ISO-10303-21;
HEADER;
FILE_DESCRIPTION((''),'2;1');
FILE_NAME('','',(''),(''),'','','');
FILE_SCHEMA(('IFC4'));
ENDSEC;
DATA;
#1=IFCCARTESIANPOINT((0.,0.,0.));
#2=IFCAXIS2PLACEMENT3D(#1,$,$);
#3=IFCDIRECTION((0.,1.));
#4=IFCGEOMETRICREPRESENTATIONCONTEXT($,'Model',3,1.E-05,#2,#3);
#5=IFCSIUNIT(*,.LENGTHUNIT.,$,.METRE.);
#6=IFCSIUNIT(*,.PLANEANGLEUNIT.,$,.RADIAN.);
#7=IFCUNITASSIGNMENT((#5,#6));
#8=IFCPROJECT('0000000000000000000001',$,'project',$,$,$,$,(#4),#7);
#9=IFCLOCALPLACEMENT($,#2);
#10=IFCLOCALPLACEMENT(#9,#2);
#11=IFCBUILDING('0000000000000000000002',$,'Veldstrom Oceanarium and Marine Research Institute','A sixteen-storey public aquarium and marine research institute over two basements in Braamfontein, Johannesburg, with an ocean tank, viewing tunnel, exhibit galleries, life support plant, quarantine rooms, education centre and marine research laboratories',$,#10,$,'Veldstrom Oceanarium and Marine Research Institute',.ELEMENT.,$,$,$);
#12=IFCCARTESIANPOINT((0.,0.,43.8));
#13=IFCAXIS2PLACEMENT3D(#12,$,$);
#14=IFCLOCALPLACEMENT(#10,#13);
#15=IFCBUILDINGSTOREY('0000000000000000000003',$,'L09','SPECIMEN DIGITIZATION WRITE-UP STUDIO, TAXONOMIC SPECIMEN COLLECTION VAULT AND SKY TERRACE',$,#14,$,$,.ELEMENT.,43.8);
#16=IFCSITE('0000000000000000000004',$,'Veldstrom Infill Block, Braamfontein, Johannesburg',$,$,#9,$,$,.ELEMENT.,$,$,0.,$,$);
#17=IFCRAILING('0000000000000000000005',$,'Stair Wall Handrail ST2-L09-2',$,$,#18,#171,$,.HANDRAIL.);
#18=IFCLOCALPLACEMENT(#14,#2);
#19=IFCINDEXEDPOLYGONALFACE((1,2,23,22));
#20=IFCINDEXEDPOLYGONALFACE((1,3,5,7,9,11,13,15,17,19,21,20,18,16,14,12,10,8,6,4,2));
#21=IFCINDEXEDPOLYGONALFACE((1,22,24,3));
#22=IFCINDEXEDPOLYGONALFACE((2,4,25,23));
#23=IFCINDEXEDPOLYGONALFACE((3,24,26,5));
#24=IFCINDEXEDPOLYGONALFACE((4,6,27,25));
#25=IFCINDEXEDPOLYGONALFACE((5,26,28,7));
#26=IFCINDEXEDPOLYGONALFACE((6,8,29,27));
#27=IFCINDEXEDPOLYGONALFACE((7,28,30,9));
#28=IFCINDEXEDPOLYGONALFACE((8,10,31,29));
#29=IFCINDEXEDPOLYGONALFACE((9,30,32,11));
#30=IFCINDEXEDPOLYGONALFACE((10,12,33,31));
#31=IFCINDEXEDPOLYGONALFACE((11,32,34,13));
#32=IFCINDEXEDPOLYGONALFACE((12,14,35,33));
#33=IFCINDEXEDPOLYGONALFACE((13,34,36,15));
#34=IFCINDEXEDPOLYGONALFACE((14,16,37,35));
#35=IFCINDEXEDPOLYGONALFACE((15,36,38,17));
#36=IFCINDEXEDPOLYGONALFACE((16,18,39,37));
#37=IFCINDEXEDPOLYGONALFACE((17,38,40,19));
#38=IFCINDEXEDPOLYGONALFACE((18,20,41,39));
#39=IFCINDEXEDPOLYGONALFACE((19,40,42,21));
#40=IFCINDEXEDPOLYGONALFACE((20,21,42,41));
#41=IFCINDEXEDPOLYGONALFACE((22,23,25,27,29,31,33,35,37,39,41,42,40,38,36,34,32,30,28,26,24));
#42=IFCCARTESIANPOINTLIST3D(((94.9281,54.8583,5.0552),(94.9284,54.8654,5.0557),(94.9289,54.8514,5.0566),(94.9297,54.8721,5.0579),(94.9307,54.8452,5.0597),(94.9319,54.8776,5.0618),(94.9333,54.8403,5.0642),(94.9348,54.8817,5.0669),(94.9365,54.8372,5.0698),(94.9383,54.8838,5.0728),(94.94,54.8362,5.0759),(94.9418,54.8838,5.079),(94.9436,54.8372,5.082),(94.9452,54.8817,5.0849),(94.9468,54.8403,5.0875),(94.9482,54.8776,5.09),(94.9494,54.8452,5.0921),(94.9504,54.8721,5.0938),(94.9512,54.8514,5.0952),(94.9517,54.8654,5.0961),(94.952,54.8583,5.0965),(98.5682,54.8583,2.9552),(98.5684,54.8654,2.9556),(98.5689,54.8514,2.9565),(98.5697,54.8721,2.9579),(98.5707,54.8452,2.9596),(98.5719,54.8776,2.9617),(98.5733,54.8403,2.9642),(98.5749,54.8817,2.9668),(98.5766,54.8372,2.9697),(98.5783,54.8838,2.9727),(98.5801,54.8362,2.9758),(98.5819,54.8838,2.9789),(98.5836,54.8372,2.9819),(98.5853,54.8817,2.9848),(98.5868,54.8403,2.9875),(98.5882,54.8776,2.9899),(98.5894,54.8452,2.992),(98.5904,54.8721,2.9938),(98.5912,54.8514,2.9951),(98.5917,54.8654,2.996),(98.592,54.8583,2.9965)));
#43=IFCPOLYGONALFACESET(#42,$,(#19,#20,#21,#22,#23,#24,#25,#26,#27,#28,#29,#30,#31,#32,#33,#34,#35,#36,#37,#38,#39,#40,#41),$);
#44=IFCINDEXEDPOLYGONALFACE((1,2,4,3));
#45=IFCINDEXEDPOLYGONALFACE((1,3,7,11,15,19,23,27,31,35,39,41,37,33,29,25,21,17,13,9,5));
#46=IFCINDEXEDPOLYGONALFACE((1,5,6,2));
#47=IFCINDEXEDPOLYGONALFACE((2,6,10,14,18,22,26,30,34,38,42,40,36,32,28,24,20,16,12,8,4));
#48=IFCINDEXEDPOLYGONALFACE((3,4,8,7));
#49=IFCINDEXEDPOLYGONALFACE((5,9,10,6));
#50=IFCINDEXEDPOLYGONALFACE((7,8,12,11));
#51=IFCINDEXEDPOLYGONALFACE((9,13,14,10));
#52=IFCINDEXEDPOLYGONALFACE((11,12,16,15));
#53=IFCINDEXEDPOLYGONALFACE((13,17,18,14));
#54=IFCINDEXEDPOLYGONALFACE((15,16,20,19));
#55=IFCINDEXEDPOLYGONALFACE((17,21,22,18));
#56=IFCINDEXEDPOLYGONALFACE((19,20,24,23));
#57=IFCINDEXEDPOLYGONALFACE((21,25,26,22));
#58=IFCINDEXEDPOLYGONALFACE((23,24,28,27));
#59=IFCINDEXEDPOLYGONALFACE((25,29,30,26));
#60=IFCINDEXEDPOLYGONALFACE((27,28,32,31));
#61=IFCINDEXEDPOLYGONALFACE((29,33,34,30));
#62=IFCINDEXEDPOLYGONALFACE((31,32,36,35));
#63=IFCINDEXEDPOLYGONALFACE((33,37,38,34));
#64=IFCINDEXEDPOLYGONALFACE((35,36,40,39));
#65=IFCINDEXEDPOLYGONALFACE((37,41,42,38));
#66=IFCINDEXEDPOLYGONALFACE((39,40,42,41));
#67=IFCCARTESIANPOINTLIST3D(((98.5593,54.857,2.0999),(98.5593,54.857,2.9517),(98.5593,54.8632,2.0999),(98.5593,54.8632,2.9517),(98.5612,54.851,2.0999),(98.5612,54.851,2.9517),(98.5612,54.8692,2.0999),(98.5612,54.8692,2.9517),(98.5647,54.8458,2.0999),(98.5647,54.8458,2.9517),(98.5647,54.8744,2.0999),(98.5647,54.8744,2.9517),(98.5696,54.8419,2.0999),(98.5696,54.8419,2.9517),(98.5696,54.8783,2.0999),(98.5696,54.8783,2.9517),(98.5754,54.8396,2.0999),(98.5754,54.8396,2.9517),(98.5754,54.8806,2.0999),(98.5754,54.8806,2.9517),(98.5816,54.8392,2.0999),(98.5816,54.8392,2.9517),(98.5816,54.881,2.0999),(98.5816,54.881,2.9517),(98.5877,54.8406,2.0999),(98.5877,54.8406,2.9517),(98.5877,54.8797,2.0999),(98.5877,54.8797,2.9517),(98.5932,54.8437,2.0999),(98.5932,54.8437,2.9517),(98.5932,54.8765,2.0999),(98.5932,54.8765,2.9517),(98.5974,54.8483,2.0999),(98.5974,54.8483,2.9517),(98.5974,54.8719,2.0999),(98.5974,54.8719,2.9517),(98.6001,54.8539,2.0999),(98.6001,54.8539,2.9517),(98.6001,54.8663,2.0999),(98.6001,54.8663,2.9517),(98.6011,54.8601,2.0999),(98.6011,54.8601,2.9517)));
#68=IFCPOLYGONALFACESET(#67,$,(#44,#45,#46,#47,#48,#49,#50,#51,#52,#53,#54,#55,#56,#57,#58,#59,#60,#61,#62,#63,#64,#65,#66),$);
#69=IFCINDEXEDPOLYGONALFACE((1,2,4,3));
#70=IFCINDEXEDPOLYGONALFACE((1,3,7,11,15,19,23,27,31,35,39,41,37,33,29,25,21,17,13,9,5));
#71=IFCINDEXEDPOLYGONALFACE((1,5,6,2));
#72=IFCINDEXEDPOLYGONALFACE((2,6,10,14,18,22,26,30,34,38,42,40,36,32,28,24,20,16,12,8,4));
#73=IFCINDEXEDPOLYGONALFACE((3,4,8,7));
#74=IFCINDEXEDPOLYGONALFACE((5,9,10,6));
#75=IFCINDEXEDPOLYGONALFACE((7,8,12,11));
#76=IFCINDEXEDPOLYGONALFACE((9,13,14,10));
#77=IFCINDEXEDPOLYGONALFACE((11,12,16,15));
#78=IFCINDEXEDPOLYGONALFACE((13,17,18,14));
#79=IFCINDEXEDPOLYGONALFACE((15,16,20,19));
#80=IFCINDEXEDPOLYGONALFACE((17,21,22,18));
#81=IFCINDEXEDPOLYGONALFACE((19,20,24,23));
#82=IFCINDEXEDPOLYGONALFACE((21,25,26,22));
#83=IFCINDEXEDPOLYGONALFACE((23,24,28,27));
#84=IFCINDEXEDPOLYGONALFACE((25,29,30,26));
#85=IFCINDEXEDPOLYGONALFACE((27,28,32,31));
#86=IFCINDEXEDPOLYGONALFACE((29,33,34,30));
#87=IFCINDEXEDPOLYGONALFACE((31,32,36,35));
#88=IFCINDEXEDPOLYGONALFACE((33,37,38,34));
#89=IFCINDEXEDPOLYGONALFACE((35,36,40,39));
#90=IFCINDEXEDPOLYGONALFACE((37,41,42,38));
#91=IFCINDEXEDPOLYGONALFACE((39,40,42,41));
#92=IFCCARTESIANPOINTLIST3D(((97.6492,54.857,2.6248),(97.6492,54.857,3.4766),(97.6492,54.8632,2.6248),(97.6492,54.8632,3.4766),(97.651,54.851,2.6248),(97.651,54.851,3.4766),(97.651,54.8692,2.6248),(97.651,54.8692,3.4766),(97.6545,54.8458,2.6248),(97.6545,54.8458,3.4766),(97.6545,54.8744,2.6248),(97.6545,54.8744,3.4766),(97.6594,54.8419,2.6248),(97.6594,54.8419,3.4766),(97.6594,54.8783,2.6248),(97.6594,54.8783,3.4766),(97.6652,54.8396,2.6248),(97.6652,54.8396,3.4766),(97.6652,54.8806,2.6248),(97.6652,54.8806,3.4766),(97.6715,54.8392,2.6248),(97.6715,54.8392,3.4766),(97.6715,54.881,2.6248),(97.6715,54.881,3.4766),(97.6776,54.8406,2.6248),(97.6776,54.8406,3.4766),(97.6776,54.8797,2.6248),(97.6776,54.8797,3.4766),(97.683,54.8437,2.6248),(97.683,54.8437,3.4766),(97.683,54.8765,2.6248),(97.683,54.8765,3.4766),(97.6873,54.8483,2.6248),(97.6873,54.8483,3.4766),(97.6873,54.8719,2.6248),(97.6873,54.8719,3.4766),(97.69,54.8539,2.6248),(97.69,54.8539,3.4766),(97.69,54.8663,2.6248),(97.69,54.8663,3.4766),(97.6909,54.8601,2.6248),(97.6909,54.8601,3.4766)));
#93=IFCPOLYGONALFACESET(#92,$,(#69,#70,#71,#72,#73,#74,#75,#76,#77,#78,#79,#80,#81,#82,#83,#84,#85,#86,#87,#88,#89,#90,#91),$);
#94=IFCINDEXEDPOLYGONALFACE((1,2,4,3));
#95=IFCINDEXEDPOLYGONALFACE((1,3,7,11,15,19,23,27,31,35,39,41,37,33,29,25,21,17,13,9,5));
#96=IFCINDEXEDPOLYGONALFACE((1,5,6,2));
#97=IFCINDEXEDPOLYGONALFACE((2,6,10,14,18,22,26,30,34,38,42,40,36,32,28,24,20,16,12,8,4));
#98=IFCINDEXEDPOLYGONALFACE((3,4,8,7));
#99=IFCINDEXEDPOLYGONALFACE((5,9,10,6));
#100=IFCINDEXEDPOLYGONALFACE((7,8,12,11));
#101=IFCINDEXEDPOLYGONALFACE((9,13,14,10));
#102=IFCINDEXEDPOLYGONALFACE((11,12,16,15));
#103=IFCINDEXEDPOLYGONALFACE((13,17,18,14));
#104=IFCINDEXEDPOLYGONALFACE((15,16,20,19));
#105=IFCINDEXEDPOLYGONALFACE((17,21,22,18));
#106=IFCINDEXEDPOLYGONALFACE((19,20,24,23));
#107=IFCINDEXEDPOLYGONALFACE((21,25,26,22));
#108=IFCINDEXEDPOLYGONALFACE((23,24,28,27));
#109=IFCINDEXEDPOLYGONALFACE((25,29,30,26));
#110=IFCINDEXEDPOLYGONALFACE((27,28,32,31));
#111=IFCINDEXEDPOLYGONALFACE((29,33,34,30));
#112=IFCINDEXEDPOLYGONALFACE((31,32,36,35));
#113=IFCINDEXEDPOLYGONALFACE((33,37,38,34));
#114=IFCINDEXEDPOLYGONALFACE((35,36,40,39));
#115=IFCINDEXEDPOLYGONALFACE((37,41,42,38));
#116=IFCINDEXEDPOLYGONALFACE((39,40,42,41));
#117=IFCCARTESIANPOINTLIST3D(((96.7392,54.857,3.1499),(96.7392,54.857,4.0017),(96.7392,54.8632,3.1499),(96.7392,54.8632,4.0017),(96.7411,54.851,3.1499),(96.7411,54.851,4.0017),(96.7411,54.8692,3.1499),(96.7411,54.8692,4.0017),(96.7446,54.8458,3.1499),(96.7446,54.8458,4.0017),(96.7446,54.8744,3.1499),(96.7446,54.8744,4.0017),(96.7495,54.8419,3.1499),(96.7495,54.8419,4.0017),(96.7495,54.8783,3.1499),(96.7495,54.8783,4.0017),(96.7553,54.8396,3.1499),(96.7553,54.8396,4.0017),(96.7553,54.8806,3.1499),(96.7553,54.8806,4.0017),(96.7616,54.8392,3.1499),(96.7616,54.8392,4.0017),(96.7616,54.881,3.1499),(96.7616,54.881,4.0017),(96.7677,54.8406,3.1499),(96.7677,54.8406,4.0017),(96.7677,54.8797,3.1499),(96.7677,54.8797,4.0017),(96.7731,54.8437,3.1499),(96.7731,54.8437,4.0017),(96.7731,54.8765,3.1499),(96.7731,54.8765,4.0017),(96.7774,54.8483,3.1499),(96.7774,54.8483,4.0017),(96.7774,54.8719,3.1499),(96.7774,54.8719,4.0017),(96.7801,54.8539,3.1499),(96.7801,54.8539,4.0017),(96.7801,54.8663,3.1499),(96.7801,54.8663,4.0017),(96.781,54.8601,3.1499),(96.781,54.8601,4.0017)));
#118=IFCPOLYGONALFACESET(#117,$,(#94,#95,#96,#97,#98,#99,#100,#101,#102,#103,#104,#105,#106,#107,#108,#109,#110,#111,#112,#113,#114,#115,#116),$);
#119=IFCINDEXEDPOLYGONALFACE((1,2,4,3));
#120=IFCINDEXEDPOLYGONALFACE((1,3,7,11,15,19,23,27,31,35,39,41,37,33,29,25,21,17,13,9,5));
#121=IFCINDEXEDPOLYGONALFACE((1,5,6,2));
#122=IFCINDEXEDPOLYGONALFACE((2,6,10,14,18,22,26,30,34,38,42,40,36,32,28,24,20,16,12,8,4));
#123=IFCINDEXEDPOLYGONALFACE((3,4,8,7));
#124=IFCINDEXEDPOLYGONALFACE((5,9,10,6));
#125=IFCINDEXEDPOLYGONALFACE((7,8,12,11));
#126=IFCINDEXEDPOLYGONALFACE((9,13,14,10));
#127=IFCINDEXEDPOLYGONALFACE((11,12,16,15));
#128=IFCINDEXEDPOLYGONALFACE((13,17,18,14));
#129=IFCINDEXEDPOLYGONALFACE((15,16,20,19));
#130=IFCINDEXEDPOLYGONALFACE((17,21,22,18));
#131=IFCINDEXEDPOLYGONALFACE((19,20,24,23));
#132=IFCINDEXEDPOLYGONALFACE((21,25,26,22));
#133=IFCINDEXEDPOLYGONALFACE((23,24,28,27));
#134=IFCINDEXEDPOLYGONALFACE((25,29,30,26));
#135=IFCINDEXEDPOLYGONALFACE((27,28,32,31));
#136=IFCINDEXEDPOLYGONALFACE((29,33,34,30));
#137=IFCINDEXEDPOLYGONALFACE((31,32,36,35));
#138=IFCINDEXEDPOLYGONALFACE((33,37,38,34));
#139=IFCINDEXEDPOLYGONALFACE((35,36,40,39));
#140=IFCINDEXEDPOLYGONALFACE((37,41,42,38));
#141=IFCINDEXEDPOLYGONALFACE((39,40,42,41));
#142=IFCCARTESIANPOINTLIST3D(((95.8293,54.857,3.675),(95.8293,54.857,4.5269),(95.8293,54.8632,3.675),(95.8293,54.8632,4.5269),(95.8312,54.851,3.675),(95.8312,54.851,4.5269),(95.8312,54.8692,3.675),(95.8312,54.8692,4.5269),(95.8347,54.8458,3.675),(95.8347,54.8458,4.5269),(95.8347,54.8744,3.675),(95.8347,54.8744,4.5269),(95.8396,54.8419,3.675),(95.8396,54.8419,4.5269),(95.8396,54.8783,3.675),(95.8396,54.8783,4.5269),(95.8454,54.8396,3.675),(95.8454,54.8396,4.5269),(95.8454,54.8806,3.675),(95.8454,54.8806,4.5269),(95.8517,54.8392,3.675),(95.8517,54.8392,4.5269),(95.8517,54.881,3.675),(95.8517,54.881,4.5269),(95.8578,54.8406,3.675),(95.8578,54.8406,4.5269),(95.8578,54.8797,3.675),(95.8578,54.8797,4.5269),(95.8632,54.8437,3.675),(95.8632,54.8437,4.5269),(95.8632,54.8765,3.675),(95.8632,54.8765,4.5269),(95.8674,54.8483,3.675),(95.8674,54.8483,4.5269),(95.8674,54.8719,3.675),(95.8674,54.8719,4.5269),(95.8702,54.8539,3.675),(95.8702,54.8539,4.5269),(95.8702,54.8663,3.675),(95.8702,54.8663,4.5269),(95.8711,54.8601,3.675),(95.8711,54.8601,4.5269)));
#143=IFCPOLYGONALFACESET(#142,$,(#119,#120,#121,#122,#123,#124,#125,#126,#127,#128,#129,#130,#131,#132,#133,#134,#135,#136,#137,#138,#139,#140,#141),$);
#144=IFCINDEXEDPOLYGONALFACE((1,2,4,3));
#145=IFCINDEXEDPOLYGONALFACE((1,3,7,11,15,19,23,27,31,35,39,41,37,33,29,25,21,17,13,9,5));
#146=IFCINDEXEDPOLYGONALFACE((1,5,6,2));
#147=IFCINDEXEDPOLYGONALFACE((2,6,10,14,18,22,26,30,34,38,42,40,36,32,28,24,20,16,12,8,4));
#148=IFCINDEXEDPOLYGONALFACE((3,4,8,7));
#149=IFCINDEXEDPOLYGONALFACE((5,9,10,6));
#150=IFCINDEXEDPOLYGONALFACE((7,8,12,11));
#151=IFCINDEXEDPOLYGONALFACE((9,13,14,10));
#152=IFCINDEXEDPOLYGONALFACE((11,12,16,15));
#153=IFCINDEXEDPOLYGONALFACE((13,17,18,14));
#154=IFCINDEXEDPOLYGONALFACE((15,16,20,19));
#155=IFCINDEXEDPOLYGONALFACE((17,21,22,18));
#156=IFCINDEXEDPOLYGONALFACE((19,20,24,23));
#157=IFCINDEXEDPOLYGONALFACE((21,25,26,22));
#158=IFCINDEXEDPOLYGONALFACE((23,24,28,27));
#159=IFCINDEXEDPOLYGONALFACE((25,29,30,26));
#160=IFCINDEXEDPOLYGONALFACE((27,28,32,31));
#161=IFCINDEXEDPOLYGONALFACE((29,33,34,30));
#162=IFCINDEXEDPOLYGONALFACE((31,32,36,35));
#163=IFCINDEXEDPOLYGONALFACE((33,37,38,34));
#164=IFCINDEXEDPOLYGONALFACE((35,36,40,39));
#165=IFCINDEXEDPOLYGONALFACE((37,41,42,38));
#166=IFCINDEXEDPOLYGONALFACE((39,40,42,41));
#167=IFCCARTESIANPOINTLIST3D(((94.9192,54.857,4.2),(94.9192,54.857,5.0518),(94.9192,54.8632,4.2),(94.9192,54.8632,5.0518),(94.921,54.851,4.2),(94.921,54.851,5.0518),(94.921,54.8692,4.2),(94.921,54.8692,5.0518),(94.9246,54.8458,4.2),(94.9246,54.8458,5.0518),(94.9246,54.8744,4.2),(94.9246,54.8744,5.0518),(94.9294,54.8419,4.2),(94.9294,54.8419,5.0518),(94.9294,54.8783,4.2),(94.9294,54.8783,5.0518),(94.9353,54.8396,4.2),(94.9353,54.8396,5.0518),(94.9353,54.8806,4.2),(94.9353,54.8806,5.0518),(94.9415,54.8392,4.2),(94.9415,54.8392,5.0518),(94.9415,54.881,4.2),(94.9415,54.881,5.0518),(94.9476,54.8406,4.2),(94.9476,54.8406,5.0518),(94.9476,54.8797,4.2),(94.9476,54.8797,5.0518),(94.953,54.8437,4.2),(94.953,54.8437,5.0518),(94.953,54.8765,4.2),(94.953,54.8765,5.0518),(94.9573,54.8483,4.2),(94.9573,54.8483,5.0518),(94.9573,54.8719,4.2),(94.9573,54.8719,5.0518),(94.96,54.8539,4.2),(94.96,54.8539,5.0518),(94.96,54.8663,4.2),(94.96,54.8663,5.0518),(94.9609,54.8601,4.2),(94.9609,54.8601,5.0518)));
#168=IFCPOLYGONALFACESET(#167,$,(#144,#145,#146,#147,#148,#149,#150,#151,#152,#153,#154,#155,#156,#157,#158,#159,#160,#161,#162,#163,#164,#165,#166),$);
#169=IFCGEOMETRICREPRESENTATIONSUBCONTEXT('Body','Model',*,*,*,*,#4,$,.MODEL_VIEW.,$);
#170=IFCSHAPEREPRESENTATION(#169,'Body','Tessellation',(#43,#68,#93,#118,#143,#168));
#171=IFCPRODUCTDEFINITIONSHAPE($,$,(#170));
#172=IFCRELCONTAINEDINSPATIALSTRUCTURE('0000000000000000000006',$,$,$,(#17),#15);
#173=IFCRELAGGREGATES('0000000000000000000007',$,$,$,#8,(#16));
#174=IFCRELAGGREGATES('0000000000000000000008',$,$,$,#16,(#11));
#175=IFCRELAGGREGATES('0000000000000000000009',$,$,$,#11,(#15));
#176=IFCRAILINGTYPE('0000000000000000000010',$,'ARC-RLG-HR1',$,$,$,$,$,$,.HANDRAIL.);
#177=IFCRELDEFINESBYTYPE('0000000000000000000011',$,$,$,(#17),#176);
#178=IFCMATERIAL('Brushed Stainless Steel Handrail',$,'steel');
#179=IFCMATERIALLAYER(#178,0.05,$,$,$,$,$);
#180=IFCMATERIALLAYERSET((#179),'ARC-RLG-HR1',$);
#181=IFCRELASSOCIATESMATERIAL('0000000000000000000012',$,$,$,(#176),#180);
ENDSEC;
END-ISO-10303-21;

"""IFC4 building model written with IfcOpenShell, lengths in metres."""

from ifc_helpers import new_model, si_unit, direction, frame, origin, origin_2d, place, context, subcontext, project, spatial, circle, extrude, material, layer, layer_set, type_object, element, save


model = new_model("IFC4")

# Units and contexts
model_context = context("Model", 3, precision=1e-05, world=origin(), true_north=direction((0.0, 1.0)))
body_context = subcontext(model_context, "Body", "Model", "MODEL_VIEW")
ifc_project = project(units=[si_unit("LENGTHUNIT", "METRE"), si_unit("PLANEANGLEUNIT", "RADIAN")], contexts=[model_context])

# Site, building, storey
site_placement = place(None, origin())
site = spatial("IfcSite", under=ifc_project, at=site_placement, Name="Veldstrom Infill Block, Braamfontein, Johannesburg", CompositionType="ELEMENT", RefElevation=0.0)
building_placement = place(site_placement, origin())
building = spatial("IfcBuilding", under=site, at=building_placement, Name="Veldstrom Oceanarium and Marine Research Institute", Description="A sixteen-storey public aquarium and marine research institute over two basements in Braamfontein, Johannesburg, with an ocean tank, viewing tunnel, exhibit galleries, life support plant, quarantine rooms, education centre and marine research laboratories", LongName="Veldstrom Oceanarium and Marine Research Institute", CompositionType="ELEMENT")
storey_placement = place(building_placement, frame((0.0, 0.0, 43.8)))
storey = spatial("IfcBuildingStorey", under=building, at=storey_placement, Name="L09", Description="SPECIMEN DIGITIZATION WRITE-UP STUDIO, TAXONOMIC SPECIMEN COLLECTION VAULT AND SKY TERRACE", CompositionType="ELEMENT", Elevation=43.8)

# Railing
ifc_material_1 = material(Name="Brushed Stainless Steel Handrail", Category="steel")
ifc_layer_1 = layer(ifc_material_1, 0.05)
ifc_layer_set_1 = layer_set([ifc_layer_1], Name="ARC-RLG-HR1")
railing_type_1 = type_object("IfcRailingType", Name="ARC-RLG-HR1", PredefinedType="HANDRAIL", material=ifc_layer_set_1)
railing_1_placement = place(storey_placement, frame((98.5801, 54.8601, 2.0999)))
element("IfcRailing", 1, at=railing_1_placement, inside=storey, type_object=railing_type_1, Name="Stair Wall Handrail ST2-L09-2", PredefinedType="HANDRAIL", context=body_context, shape_type="SweptSolid", body=[
    extrude(circle(Radius=0.0239, at=origin_2d()), frame((0.0, 0.0, 0.876), z_axis=(-0.866184, 0.0, 0.499726), x_axis=(0.0, -1.0, 0.0)), (0.0, 0.0, 1.0), 4.2024),
    extrude(circle(Radius=0.021, at=origin_2d()), origin(), (0.0, 0.0, 1.0), 0.8518),
    extrude(circle(Radius=0.021, at=origin_2d()), frame((-0.9102, 0.0, 0.5249)), (0.0, 0.0, 1.0), 0.8518),
    extrude(circle(Radius=0.021, at=origin_2d()), frame((-1.8201, 0.0, 1.05)), (0.0, 0.0, 1.0), 0.8518),
    extrude(circle(Radius=0.021, at=origin_2d()), frame((-2.73, 0.0, 1.5752)), (0.0, 0.0, 1.0), 0.8518),
    extrude(circle(Radius=0.021, at=origin_2d()), frame((-3.6401, 0.0, 2.1001)), (0.0, 0.0, 1.0), 0.8518),
])

save(model, "model.ifc")
